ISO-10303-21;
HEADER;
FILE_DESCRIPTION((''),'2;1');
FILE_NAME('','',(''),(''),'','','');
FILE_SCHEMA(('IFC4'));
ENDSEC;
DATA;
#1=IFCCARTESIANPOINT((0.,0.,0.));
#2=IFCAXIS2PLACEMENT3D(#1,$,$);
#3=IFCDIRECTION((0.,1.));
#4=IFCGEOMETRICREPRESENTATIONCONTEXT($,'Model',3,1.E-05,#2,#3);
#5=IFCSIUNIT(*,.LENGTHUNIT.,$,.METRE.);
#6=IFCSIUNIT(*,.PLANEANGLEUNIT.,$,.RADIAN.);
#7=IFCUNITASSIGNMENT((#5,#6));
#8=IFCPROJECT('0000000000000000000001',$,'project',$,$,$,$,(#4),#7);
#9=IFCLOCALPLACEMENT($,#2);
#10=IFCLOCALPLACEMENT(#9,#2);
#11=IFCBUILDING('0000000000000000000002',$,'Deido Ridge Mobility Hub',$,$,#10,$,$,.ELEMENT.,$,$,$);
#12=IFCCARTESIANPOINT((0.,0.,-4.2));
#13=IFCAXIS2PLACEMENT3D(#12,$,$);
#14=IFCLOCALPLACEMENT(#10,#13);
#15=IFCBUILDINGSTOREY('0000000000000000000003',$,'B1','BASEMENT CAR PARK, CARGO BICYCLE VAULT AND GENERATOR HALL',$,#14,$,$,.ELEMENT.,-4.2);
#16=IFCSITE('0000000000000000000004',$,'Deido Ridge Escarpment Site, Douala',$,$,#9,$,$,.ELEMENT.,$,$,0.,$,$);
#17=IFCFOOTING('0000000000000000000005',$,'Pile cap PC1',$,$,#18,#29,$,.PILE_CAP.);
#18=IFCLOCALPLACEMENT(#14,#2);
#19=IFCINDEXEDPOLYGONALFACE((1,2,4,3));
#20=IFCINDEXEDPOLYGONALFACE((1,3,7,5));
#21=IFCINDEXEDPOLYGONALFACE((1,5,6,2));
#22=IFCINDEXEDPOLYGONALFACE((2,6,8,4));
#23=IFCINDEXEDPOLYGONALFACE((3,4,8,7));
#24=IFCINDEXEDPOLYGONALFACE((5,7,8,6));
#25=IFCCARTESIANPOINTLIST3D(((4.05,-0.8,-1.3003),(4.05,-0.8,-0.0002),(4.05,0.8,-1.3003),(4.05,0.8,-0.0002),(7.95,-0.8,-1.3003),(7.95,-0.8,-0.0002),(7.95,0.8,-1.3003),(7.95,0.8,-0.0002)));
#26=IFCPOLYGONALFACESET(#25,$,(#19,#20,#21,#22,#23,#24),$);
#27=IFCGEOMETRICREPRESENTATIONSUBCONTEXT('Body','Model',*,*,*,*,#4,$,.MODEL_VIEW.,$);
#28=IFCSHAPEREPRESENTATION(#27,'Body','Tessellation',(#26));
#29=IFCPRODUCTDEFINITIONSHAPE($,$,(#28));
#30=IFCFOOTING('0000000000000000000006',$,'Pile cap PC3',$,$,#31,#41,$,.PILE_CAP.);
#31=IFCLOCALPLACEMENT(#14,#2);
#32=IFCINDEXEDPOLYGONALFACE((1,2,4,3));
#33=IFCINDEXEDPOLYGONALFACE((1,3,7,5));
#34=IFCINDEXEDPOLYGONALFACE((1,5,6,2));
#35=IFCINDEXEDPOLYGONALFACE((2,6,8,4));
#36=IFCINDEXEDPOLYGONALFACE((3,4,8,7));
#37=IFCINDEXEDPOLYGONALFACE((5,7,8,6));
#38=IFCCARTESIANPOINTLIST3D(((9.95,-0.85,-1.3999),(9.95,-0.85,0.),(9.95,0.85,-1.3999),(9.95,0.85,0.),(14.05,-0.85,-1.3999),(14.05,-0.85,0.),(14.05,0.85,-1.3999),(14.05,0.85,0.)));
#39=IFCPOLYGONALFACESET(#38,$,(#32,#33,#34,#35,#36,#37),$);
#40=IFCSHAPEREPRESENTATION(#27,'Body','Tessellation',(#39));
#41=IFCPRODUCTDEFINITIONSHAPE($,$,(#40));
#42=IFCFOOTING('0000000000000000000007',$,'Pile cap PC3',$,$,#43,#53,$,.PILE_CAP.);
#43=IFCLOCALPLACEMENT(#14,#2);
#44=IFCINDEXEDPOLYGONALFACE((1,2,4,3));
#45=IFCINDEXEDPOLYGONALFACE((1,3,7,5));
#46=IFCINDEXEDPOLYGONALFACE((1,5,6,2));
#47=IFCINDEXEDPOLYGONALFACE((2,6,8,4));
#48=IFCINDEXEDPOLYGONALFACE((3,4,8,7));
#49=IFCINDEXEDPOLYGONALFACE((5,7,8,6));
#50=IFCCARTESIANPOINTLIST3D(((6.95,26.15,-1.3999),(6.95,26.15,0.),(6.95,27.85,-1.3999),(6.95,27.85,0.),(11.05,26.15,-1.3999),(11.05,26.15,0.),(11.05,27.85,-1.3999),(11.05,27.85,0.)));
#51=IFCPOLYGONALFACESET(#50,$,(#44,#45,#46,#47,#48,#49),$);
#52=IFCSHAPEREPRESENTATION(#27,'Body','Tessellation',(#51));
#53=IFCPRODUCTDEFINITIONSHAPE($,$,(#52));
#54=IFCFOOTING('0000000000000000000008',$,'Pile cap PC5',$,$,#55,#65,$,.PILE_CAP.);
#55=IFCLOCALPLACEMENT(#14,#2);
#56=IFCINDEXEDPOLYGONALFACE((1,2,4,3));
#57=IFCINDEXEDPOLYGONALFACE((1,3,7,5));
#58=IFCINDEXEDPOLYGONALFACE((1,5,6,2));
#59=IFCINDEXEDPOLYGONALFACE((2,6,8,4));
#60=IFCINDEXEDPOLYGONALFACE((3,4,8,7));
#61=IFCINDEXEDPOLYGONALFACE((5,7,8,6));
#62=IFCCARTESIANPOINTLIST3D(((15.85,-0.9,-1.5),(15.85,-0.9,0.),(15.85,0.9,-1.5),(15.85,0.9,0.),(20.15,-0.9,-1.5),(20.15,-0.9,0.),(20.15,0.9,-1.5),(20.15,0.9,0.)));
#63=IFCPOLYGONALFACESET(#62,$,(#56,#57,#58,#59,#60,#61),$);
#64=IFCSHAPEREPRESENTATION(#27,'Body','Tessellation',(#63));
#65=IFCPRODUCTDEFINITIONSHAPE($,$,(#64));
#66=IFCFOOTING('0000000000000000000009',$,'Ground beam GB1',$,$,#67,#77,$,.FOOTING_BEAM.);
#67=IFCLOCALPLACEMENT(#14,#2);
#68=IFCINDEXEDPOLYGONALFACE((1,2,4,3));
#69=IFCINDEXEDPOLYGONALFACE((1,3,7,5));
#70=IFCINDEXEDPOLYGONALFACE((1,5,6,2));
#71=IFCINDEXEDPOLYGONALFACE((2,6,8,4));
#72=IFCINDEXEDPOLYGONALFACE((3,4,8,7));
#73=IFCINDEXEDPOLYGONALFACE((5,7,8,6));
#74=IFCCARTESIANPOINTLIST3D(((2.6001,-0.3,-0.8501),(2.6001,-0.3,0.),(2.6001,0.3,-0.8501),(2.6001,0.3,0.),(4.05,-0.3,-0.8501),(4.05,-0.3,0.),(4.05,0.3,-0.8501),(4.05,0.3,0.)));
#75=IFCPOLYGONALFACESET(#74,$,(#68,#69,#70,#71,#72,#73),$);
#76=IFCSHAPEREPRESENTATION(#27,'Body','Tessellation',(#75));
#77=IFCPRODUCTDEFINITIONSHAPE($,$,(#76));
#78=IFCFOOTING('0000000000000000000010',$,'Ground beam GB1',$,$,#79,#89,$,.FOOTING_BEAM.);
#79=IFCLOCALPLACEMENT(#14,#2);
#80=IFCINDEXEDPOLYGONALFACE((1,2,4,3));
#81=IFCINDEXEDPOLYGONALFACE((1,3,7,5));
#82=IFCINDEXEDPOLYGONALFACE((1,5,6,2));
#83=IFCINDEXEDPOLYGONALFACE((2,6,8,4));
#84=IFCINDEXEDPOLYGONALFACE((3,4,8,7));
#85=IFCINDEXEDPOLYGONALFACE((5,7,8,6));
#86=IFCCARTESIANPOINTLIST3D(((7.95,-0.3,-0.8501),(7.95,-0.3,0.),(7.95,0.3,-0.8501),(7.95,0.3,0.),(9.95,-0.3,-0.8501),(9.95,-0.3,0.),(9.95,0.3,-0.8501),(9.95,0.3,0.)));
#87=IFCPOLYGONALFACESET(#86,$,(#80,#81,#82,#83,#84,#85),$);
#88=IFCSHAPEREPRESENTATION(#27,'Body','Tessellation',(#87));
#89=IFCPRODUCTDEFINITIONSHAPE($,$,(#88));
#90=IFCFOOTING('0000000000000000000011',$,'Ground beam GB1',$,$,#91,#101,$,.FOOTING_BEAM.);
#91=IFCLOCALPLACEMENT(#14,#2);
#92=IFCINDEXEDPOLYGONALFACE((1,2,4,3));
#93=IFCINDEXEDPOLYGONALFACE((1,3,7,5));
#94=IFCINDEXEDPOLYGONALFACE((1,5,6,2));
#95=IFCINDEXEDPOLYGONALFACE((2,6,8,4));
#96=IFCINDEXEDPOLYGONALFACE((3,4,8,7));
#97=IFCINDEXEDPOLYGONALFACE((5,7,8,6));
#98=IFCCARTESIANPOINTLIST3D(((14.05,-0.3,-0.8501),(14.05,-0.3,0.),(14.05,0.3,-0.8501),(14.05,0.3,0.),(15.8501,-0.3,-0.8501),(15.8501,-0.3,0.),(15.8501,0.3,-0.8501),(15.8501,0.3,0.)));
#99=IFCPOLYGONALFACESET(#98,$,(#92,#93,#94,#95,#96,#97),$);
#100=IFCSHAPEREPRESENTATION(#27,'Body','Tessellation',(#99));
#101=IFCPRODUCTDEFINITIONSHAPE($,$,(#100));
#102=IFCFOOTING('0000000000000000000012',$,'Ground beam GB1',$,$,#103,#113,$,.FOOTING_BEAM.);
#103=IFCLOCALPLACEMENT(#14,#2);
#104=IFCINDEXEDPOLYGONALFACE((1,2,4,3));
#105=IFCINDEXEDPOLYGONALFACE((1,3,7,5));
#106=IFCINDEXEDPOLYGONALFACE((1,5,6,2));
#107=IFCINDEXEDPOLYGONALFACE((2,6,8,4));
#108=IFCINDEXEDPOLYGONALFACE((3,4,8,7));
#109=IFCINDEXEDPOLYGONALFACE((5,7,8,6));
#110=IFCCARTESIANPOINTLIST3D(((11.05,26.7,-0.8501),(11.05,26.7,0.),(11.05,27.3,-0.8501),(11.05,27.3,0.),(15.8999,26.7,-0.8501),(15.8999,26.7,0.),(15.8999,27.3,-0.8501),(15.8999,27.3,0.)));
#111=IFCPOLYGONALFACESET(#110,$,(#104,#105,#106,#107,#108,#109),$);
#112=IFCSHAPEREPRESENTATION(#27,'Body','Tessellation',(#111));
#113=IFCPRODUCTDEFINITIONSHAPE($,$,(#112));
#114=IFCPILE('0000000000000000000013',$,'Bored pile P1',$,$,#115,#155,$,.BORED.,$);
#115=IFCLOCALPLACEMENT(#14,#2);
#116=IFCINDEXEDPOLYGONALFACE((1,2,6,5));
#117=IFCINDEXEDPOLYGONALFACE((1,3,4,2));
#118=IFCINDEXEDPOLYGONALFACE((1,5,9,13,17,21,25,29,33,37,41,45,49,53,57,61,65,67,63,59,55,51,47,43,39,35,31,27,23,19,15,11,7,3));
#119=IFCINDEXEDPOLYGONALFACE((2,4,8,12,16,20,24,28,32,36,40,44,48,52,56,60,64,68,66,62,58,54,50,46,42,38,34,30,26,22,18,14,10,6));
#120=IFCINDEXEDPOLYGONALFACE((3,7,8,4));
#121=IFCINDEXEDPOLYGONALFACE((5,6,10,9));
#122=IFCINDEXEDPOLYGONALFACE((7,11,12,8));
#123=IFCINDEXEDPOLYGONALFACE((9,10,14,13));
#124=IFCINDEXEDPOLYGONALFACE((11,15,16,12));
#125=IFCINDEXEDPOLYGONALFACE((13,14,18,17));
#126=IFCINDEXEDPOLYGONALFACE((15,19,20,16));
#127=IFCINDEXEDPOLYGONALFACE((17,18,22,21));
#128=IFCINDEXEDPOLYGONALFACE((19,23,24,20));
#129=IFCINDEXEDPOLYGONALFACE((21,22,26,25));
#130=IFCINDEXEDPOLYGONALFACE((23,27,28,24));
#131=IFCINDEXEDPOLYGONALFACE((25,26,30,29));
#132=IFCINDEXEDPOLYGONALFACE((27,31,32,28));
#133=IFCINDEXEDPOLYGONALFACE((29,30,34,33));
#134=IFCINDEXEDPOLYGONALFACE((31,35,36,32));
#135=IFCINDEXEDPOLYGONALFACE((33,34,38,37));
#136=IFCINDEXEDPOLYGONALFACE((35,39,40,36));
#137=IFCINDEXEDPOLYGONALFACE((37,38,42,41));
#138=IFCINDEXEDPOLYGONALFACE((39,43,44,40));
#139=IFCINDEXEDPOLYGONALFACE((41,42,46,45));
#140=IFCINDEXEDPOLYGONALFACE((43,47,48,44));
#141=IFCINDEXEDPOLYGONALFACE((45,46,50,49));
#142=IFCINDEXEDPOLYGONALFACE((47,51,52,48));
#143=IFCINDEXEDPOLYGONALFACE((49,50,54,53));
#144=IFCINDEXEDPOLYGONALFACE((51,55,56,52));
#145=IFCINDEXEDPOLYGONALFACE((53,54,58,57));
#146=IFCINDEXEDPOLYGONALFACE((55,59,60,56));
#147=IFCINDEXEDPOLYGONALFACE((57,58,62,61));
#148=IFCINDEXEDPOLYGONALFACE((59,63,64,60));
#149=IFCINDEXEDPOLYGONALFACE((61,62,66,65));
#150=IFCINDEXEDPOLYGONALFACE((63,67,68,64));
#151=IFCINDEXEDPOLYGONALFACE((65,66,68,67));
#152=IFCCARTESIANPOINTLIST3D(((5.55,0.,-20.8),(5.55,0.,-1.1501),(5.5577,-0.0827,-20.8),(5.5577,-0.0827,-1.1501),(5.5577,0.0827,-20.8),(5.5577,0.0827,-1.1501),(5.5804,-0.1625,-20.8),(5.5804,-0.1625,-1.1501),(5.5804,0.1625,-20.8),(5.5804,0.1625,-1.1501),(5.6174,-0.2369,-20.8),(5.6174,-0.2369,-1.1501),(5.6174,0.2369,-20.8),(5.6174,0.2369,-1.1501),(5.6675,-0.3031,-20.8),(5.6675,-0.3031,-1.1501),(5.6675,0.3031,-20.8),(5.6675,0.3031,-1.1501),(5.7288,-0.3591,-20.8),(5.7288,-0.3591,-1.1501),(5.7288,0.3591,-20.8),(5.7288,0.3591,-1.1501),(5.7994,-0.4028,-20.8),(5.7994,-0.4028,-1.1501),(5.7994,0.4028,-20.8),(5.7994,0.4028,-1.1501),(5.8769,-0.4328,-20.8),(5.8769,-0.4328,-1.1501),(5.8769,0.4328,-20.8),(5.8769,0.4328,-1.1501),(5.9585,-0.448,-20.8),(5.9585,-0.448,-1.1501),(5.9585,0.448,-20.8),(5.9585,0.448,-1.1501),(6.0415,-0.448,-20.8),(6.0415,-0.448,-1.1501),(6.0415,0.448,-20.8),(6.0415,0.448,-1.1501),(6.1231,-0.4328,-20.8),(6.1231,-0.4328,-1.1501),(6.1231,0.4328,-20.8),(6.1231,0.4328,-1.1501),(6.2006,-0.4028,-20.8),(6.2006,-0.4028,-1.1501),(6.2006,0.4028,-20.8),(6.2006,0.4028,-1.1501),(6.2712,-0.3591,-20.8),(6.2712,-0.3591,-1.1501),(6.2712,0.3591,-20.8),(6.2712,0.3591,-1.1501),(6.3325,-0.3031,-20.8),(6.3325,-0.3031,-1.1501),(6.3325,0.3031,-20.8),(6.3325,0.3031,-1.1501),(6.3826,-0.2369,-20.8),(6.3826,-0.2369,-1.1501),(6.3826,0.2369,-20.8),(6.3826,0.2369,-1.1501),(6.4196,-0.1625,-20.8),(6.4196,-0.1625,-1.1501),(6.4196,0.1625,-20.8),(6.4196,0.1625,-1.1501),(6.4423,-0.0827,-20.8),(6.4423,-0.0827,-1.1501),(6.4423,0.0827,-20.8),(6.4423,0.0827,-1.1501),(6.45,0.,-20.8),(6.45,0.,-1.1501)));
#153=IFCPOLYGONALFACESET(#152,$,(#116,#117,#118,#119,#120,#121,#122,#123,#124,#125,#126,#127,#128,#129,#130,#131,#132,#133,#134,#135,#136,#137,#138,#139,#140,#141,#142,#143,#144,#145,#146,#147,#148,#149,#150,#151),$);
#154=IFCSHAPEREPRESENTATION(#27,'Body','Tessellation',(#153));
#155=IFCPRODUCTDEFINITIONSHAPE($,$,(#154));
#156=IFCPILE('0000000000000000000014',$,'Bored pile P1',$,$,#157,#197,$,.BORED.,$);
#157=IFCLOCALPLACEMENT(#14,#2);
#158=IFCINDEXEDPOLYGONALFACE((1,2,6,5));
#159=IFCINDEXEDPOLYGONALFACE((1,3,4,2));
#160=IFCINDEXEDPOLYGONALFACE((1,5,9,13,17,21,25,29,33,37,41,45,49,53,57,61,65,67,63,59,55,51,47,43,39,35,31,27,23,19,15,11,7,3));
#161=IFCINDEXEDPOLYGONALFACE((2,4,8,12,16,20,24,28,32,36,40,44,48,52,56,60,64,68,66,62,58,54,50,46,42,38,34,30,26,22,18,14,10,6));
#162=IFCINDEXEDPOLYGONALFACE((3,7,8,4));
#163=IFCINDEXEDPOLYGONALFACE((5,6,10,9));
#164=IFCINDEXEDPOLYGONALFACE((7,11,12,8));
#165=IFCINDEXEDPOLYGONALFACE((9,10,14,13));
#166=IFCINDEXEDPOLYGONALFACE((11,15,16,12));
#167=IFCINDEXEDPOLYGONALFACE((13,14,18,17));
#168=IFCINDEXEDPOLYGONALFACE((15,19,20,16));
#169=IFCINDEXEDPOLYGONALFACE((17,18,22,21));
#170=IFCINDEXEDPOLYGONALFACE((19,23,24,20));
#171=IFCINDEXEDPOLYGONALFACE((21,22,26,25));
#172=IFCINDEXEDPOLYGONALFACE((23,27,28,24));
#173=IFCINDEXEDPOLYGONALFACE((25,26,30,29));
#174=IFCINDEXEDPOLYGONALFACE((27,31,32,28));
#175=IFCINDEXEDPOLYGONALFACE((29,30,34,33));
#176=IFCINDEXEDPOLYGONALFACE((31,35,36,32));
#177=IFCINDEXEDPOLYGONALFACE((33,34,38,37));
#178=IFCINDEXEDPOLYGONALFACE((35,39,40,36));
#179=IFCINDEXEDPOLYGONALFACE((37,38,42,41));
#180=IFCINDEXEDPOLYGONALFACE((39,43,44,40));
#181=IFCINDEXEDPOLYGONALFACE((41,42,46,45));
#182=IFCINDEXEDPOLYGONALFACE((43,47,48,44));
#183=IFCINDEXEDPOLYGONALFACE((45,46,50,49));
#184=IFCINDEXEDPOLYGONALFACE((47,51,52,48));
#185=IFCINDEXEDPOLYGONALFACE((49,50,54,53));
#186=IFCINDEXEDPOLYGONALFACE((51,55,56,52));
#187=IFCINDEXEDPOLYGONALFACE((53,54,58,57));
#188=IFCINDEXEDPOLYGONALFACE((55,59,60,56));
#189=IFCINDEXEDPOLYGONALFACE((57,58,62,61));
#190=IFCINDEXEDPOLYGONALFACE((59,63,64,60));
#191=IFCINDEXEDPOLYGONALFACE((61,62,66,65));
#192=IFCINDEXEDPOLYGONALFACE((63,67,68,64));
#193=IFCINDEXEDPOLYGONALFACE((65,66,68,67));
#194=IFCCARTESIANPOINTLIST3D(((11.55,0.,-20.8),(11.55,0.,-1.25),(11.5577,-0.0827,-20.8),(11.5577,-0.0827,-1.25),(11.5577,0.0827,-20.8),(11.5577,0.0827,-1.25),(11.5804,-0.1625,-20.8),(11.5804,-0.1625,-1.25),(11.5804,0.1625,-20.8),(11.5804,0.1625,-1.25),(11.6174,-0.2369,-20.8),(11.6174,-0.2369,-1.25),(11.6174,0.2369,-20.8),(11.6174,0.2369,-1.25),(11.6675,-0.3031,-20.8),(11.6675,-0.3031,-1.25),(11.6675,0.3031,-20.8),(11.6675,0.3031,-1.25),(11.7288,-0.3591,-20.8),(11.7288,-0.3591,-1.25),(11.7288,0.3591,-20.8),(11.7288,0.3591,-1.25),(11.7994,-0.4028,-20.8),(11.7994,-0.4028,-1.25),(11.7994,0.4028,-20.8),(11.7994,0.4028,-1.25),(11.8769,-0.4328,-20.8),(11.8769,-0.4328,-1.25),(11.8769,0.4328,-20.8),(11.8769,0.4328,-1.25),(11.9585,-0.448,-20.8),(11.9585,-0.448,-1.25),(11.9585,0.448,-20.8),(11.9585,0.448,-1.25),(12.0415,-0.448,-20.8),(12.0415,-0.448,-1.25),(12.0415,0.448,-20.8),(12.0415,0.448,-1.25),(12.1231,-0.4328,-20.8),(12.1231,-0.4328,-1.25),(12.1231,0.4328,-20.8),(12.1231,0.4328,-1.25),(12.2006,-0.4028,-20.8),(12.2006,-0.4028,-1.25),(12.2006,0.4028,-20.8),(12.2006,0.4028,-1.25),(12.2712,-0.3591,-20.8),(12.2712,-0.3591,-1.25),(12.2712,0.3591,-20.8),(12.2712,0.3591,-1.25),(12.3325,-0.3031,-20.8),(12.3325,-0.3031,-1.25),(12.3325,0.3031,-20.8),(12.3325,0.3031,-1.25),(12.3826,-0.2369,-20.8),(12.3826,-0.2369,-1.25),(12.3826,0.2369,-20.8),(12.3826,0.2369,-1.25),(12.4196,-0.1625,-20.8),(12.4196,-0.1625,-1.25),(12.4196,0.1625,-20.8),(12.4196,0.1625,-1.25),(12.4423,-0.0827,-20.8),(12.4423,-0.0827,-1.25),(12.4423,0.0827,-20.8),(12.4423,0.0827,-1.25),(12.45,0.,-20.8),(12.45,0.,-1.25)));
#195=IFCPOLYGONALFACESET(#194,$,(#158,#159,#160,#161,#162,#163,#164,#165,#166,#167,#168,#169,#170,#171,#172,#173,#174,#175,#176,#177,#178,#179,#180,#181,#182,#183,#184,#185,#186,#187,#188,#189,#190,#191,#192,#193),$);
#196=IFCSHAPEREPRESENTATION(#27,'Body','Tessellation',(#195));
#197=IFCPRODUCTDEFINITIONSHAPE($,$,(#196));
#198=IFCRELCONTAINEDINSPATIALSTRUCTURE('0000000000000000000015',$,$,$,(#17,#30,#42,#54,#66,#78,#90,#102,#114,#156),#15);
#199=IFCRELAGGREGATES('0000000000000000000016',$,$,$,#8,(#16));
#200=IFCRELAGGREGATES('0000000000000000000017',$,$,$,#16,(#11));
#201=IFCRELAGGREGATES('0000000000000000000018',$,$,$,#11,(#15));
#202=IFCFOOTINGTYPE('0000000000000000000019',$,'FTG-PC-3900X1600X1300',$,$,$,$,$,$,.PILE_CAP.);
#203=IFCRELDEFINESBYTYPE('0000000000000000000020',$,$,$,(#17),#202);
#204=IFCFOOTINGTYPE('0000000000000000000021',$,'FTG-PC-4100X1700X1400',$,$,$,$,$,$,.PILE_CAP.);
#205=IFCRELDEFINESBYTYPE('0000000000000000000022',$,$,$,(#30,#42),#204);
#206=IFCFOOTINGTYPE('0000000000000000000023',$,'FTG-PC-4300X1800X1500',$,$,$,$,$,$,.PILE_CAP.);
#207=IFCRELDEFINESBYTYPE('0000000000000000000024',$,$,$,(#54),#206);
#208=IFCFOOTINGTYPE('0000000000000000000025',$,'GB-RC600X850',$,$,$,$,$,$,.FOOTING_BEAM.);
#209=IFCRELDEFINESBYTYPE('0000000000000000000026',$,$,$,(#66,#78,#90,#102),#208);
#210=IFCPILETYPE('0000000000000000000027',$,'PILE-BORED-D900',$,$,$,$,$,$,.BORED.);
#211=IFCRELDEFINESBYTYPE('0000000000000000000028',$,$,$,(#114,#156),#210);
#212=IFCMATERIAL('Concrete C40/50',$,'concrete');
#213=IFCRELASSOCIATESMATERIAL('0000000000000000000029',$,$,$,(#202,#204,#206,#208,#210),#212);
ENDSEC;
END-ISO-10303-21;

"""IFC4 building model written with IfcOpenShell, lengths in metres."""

from ifc_helpers import new_model, si_unit, direction, frame, origin, origin_2d, place, context, subcontext, project, spatial, rectangle, circle, extrude, material, material_profile, profile_set, type_object, element, save


model = new_model("IFC4")

# Units and contexts
model_context = context("Model", 3, precision=1e-05, world=origin(), true_north=direction((0.0, 1.0)))
body_context = subcontext(model_context, "Body", "Model", "MODEL_VIEW")
ifc_project = project(units=[si_unit("LENGTHUNIT", "METRE"), si_unit("PLANEANGLEUNIT", "RADIAN")], contexts=[model_context])

# Site, building, storey
site_placement = place(None, origin())
site = spatial("IfcSite", under=ifc_project, at=site_placement, Name="Deido Ridge Escarpment Site, Douala", CompositionType="ELEMENT", RefElevation=0.0)
building_placement = place(site_placement, origin())
building = spatial("IfcBuilding", under=site, at=building_placement, Name="Deido Ridge Mobility Hub", CompositionType="ELEMENT")
storey_placement = place(building_placement, frame((0.0, 0.0, -4.2)))
storey = spatial("IfcBuildingStorey", under=building, at=storey_placement, Name="B1", Description="BASEMENT CAR PARK, CARGO BICYCLE VAULT AND GENERATOR HALL", CompositionType="ELEMENT", Elevation=-4.2)

# Footings
ifc_material_1 = material(Name="Concrete C40/50", Category="concrete")
footing_type_1 = type_object("IfcFootingType", Name="FTG-PC-3900X1600X1300", PredefinedType="PILE_CAP", material=ifc_material_1)
footing_1_placement = place(storey_placement, frame((6.0, 0.0, -1.3003), z_axis=(0.0, 0.0, 1.0), x_axis=(1.0, 0.0, 0.0)))
element("IfcFooting", 1, at=footing_1_placement, inside=storey, type_object=footing_type_1, Name="Pile cap PC1", PredefinedType="PILE_CAP", context=body_context, shape_type="SweptSolid", body=[
    extrude(rectangle(XDim=3.8999, YDim=1.6001, at=origin_2d()), origin(), (0.0, 0.0, 1.0), 1.3),
])
footing_type_2 = type_object("IfcFootingType", Name="FTG-PC-4100X1700X1400", PredefinedType="PILE_CAP", material=ifc_material_1)
for number, where, z_axis, x_axis, name in (
    (2, (12.0, 0.0, -1.3999), (0.0, 0.0, 1.0), (1.0, 0.0, 0.0), "Pile cap PC3"),
    (3, (9.0, 27.0, -1.3999), (0.0, 0.0, 1.0), (1.0, 0.0, 0.0), "Pile cap PC3"),
):
    element("IfcFooting", number, at=place(storey_placement, frame(where, z_axis=z_axis, x_axis=x_axis)), inside=storey, type_object=footing_type_2, Name=name, PredefinedType="PILE_CAP", context=body_context, shape_type="SweptSolid", body=[
        extrude(rectangle(XDim=4.1001, YDim=1.7, at=origin_2d()), origin(), (0.0, 0.0, 1.0), 1.3999),
    ])
footing_type_3 = type_object("IfcFootingType", Name="FTG-PC-4300X1800X1500", PredefinedType="PILE_CAP", material=ifc_material_1)
footing_2_placement = place(storey_placement, frame((18.0, 0.0, -1.5), z_axis=(0.0, 0.0, 1.0), x_axis=(1.0, 0.0, 0.0)))
element("IfcFooting", 4, at=footing_2_placement, inside=storey, type_object=footing_type_3, Name="Pile cap PC5", PredefinedType="PILE_CAP", context=body_context, shape_type="SweptSolid", body=[
    extrude(rectangle(XDim=4.3, YDim=1.8, at=origin_2d()), origin(), (0.0, 0.0, 1.0), 1.5),
])
ifc_material_profile_1 = material_profile(ifc_material_1, rectangle(XDim=0.6001, YDim=0.8501, at=origin_2d()), Name="RC GB 600x850")
ifc_profile_set_1 = profile_set([ifc_material_profile_1], Name="Concrete C40/50")
footing_type_4 = type_object("IfcFootingType", Name="GB-RC600X850", PredefinedType="FOOTING_BEAM", material=ifc_profile_set_1)
footing_3_placement = place(storey_placement, frame((2.6001, 0.0, -0.425), z_axis=(1.0, 0.0, 0.0), x_axis=(0.0, 1.0, 0.0)))
element("IfcFooting", 5, at=footing_3_placement, inside=storey, type_object=footing_type_4, Name="Ground beam GB1", PredefinedType="FOOTING_BEAM", context=body_context, shape_type="SweptSolid", body=[
    extrude(rectangle(XDim=0.6001, YDim=0.8501, at=origin_2d()), origin(), (0.0, 0.0, 1.0), 1.45),
])
footing_4_placement = place(storey_placement, frame((7.95, 0.0, -0.425), z_axis=(1.0, 0.0, 0.0), x_axis=(0.0, 1.0, 0.0)))
element("IfcFooting", 6, at=footing_4_placement, inside=storey, type_object=footing_type_4, Name="Ground beam GB1", PredefinedType="FOOTING_BEAM", context=body_context, shape_type="SweptSolid", body=[
    extrude(rectangle(XDim=0.6001, YDim=0.8501, at=origin_2d()), origin(), (0.0, 0.0, 1.0), 2.0),
])
footing_5_placement = place(storey_placement, frame((14.05, 0.0, -0.425), z_axis=(1.0, 0.0, 0.0), x_axis=(0.0, 1.0, 0.0)))
element("IfcFooting", 7, at=footing_5_placement, inside=storey, type_object=footing_type_4, Name="Ground beam GB1", PredefinedType="FOOTING_BEAM", context=body_context, shape_type="SweptSolid", body=[
    extrude(rectangle(XDim=0.6001, YDim=0.8501, at=origin_2d()), origin(), (0.0, 0.0, 1.0), 1.8),
])
footing_6_placement = place(storey_placement, frame((11.05, 27.0, -0.425), z_axis=(1.0, 0.0, 0.0), x_axis=(0.0, 1.0, 0.0)))
element("IfcFooting", 8, at=footing_6_placement, inside=storey, type_object=footing_type_4, Name="Ground beam GB1", PredefinedType="FOOTING_BEAM", context=body_context, shape_type="SweptSolid", body=[
    extrude(rectangle(XDim=0.6001, YDim=0.8501, at=origin_2d()), origin(), (0.0, 0.0, 1.0), 4.8499),
])

# Piles
ifc_material_profile_2 = material_profile(ifc_material_1, circle(Radius=0.45, at=origin_2d()), Name="BORED PILE D900")
ifc_profile_set_2 = profile_set([ifc_material_profile_2], Name="Concrete C40/50")
pile_type = type_object("IfcPileType", Name="PILE-BORED-D900", PredefinedType="BORED", material=ifc_profile_set_2)
pile_1_placement = place(storey_placement, frame((6.0, 0.0, -1.1501), z_axis=(0.0, 0.0, -1.0), x_axis=(1.0, 0.0, 0.0)))
element("IfcPile", 9, at=pile_1_placement, inside=storey, type_object=pile_type, Name="Bored pile P1", PredefinedType="BORED", context=body_context, shape_type="SweptSolid", body=[
    extrude(circle(Radius=0.45, at=origin_2d()), origin(), (0.0, 0.0, 1.0), 19.6499),
])
pile_2_placement = place(storey_placement, frame((12.0, 0.0, -1.25), z_axis=(0.0, 0.0, -1.0), x_axis=(1.0, 0.0, 0.0)))
element("IfcPile", 10, at=pile_2_placement, inside=storey, type_object=pile_type, Name="Bored pile P1", PredefinedType="BORED", context=body_context, shape_type="SweptSolid", body=[
    extrude(circle(Radius=0.45, at=origin_2d()), origin(), (0.0, 0.0, 1.0), 19.55),
])

save(model, "model.ifc")
